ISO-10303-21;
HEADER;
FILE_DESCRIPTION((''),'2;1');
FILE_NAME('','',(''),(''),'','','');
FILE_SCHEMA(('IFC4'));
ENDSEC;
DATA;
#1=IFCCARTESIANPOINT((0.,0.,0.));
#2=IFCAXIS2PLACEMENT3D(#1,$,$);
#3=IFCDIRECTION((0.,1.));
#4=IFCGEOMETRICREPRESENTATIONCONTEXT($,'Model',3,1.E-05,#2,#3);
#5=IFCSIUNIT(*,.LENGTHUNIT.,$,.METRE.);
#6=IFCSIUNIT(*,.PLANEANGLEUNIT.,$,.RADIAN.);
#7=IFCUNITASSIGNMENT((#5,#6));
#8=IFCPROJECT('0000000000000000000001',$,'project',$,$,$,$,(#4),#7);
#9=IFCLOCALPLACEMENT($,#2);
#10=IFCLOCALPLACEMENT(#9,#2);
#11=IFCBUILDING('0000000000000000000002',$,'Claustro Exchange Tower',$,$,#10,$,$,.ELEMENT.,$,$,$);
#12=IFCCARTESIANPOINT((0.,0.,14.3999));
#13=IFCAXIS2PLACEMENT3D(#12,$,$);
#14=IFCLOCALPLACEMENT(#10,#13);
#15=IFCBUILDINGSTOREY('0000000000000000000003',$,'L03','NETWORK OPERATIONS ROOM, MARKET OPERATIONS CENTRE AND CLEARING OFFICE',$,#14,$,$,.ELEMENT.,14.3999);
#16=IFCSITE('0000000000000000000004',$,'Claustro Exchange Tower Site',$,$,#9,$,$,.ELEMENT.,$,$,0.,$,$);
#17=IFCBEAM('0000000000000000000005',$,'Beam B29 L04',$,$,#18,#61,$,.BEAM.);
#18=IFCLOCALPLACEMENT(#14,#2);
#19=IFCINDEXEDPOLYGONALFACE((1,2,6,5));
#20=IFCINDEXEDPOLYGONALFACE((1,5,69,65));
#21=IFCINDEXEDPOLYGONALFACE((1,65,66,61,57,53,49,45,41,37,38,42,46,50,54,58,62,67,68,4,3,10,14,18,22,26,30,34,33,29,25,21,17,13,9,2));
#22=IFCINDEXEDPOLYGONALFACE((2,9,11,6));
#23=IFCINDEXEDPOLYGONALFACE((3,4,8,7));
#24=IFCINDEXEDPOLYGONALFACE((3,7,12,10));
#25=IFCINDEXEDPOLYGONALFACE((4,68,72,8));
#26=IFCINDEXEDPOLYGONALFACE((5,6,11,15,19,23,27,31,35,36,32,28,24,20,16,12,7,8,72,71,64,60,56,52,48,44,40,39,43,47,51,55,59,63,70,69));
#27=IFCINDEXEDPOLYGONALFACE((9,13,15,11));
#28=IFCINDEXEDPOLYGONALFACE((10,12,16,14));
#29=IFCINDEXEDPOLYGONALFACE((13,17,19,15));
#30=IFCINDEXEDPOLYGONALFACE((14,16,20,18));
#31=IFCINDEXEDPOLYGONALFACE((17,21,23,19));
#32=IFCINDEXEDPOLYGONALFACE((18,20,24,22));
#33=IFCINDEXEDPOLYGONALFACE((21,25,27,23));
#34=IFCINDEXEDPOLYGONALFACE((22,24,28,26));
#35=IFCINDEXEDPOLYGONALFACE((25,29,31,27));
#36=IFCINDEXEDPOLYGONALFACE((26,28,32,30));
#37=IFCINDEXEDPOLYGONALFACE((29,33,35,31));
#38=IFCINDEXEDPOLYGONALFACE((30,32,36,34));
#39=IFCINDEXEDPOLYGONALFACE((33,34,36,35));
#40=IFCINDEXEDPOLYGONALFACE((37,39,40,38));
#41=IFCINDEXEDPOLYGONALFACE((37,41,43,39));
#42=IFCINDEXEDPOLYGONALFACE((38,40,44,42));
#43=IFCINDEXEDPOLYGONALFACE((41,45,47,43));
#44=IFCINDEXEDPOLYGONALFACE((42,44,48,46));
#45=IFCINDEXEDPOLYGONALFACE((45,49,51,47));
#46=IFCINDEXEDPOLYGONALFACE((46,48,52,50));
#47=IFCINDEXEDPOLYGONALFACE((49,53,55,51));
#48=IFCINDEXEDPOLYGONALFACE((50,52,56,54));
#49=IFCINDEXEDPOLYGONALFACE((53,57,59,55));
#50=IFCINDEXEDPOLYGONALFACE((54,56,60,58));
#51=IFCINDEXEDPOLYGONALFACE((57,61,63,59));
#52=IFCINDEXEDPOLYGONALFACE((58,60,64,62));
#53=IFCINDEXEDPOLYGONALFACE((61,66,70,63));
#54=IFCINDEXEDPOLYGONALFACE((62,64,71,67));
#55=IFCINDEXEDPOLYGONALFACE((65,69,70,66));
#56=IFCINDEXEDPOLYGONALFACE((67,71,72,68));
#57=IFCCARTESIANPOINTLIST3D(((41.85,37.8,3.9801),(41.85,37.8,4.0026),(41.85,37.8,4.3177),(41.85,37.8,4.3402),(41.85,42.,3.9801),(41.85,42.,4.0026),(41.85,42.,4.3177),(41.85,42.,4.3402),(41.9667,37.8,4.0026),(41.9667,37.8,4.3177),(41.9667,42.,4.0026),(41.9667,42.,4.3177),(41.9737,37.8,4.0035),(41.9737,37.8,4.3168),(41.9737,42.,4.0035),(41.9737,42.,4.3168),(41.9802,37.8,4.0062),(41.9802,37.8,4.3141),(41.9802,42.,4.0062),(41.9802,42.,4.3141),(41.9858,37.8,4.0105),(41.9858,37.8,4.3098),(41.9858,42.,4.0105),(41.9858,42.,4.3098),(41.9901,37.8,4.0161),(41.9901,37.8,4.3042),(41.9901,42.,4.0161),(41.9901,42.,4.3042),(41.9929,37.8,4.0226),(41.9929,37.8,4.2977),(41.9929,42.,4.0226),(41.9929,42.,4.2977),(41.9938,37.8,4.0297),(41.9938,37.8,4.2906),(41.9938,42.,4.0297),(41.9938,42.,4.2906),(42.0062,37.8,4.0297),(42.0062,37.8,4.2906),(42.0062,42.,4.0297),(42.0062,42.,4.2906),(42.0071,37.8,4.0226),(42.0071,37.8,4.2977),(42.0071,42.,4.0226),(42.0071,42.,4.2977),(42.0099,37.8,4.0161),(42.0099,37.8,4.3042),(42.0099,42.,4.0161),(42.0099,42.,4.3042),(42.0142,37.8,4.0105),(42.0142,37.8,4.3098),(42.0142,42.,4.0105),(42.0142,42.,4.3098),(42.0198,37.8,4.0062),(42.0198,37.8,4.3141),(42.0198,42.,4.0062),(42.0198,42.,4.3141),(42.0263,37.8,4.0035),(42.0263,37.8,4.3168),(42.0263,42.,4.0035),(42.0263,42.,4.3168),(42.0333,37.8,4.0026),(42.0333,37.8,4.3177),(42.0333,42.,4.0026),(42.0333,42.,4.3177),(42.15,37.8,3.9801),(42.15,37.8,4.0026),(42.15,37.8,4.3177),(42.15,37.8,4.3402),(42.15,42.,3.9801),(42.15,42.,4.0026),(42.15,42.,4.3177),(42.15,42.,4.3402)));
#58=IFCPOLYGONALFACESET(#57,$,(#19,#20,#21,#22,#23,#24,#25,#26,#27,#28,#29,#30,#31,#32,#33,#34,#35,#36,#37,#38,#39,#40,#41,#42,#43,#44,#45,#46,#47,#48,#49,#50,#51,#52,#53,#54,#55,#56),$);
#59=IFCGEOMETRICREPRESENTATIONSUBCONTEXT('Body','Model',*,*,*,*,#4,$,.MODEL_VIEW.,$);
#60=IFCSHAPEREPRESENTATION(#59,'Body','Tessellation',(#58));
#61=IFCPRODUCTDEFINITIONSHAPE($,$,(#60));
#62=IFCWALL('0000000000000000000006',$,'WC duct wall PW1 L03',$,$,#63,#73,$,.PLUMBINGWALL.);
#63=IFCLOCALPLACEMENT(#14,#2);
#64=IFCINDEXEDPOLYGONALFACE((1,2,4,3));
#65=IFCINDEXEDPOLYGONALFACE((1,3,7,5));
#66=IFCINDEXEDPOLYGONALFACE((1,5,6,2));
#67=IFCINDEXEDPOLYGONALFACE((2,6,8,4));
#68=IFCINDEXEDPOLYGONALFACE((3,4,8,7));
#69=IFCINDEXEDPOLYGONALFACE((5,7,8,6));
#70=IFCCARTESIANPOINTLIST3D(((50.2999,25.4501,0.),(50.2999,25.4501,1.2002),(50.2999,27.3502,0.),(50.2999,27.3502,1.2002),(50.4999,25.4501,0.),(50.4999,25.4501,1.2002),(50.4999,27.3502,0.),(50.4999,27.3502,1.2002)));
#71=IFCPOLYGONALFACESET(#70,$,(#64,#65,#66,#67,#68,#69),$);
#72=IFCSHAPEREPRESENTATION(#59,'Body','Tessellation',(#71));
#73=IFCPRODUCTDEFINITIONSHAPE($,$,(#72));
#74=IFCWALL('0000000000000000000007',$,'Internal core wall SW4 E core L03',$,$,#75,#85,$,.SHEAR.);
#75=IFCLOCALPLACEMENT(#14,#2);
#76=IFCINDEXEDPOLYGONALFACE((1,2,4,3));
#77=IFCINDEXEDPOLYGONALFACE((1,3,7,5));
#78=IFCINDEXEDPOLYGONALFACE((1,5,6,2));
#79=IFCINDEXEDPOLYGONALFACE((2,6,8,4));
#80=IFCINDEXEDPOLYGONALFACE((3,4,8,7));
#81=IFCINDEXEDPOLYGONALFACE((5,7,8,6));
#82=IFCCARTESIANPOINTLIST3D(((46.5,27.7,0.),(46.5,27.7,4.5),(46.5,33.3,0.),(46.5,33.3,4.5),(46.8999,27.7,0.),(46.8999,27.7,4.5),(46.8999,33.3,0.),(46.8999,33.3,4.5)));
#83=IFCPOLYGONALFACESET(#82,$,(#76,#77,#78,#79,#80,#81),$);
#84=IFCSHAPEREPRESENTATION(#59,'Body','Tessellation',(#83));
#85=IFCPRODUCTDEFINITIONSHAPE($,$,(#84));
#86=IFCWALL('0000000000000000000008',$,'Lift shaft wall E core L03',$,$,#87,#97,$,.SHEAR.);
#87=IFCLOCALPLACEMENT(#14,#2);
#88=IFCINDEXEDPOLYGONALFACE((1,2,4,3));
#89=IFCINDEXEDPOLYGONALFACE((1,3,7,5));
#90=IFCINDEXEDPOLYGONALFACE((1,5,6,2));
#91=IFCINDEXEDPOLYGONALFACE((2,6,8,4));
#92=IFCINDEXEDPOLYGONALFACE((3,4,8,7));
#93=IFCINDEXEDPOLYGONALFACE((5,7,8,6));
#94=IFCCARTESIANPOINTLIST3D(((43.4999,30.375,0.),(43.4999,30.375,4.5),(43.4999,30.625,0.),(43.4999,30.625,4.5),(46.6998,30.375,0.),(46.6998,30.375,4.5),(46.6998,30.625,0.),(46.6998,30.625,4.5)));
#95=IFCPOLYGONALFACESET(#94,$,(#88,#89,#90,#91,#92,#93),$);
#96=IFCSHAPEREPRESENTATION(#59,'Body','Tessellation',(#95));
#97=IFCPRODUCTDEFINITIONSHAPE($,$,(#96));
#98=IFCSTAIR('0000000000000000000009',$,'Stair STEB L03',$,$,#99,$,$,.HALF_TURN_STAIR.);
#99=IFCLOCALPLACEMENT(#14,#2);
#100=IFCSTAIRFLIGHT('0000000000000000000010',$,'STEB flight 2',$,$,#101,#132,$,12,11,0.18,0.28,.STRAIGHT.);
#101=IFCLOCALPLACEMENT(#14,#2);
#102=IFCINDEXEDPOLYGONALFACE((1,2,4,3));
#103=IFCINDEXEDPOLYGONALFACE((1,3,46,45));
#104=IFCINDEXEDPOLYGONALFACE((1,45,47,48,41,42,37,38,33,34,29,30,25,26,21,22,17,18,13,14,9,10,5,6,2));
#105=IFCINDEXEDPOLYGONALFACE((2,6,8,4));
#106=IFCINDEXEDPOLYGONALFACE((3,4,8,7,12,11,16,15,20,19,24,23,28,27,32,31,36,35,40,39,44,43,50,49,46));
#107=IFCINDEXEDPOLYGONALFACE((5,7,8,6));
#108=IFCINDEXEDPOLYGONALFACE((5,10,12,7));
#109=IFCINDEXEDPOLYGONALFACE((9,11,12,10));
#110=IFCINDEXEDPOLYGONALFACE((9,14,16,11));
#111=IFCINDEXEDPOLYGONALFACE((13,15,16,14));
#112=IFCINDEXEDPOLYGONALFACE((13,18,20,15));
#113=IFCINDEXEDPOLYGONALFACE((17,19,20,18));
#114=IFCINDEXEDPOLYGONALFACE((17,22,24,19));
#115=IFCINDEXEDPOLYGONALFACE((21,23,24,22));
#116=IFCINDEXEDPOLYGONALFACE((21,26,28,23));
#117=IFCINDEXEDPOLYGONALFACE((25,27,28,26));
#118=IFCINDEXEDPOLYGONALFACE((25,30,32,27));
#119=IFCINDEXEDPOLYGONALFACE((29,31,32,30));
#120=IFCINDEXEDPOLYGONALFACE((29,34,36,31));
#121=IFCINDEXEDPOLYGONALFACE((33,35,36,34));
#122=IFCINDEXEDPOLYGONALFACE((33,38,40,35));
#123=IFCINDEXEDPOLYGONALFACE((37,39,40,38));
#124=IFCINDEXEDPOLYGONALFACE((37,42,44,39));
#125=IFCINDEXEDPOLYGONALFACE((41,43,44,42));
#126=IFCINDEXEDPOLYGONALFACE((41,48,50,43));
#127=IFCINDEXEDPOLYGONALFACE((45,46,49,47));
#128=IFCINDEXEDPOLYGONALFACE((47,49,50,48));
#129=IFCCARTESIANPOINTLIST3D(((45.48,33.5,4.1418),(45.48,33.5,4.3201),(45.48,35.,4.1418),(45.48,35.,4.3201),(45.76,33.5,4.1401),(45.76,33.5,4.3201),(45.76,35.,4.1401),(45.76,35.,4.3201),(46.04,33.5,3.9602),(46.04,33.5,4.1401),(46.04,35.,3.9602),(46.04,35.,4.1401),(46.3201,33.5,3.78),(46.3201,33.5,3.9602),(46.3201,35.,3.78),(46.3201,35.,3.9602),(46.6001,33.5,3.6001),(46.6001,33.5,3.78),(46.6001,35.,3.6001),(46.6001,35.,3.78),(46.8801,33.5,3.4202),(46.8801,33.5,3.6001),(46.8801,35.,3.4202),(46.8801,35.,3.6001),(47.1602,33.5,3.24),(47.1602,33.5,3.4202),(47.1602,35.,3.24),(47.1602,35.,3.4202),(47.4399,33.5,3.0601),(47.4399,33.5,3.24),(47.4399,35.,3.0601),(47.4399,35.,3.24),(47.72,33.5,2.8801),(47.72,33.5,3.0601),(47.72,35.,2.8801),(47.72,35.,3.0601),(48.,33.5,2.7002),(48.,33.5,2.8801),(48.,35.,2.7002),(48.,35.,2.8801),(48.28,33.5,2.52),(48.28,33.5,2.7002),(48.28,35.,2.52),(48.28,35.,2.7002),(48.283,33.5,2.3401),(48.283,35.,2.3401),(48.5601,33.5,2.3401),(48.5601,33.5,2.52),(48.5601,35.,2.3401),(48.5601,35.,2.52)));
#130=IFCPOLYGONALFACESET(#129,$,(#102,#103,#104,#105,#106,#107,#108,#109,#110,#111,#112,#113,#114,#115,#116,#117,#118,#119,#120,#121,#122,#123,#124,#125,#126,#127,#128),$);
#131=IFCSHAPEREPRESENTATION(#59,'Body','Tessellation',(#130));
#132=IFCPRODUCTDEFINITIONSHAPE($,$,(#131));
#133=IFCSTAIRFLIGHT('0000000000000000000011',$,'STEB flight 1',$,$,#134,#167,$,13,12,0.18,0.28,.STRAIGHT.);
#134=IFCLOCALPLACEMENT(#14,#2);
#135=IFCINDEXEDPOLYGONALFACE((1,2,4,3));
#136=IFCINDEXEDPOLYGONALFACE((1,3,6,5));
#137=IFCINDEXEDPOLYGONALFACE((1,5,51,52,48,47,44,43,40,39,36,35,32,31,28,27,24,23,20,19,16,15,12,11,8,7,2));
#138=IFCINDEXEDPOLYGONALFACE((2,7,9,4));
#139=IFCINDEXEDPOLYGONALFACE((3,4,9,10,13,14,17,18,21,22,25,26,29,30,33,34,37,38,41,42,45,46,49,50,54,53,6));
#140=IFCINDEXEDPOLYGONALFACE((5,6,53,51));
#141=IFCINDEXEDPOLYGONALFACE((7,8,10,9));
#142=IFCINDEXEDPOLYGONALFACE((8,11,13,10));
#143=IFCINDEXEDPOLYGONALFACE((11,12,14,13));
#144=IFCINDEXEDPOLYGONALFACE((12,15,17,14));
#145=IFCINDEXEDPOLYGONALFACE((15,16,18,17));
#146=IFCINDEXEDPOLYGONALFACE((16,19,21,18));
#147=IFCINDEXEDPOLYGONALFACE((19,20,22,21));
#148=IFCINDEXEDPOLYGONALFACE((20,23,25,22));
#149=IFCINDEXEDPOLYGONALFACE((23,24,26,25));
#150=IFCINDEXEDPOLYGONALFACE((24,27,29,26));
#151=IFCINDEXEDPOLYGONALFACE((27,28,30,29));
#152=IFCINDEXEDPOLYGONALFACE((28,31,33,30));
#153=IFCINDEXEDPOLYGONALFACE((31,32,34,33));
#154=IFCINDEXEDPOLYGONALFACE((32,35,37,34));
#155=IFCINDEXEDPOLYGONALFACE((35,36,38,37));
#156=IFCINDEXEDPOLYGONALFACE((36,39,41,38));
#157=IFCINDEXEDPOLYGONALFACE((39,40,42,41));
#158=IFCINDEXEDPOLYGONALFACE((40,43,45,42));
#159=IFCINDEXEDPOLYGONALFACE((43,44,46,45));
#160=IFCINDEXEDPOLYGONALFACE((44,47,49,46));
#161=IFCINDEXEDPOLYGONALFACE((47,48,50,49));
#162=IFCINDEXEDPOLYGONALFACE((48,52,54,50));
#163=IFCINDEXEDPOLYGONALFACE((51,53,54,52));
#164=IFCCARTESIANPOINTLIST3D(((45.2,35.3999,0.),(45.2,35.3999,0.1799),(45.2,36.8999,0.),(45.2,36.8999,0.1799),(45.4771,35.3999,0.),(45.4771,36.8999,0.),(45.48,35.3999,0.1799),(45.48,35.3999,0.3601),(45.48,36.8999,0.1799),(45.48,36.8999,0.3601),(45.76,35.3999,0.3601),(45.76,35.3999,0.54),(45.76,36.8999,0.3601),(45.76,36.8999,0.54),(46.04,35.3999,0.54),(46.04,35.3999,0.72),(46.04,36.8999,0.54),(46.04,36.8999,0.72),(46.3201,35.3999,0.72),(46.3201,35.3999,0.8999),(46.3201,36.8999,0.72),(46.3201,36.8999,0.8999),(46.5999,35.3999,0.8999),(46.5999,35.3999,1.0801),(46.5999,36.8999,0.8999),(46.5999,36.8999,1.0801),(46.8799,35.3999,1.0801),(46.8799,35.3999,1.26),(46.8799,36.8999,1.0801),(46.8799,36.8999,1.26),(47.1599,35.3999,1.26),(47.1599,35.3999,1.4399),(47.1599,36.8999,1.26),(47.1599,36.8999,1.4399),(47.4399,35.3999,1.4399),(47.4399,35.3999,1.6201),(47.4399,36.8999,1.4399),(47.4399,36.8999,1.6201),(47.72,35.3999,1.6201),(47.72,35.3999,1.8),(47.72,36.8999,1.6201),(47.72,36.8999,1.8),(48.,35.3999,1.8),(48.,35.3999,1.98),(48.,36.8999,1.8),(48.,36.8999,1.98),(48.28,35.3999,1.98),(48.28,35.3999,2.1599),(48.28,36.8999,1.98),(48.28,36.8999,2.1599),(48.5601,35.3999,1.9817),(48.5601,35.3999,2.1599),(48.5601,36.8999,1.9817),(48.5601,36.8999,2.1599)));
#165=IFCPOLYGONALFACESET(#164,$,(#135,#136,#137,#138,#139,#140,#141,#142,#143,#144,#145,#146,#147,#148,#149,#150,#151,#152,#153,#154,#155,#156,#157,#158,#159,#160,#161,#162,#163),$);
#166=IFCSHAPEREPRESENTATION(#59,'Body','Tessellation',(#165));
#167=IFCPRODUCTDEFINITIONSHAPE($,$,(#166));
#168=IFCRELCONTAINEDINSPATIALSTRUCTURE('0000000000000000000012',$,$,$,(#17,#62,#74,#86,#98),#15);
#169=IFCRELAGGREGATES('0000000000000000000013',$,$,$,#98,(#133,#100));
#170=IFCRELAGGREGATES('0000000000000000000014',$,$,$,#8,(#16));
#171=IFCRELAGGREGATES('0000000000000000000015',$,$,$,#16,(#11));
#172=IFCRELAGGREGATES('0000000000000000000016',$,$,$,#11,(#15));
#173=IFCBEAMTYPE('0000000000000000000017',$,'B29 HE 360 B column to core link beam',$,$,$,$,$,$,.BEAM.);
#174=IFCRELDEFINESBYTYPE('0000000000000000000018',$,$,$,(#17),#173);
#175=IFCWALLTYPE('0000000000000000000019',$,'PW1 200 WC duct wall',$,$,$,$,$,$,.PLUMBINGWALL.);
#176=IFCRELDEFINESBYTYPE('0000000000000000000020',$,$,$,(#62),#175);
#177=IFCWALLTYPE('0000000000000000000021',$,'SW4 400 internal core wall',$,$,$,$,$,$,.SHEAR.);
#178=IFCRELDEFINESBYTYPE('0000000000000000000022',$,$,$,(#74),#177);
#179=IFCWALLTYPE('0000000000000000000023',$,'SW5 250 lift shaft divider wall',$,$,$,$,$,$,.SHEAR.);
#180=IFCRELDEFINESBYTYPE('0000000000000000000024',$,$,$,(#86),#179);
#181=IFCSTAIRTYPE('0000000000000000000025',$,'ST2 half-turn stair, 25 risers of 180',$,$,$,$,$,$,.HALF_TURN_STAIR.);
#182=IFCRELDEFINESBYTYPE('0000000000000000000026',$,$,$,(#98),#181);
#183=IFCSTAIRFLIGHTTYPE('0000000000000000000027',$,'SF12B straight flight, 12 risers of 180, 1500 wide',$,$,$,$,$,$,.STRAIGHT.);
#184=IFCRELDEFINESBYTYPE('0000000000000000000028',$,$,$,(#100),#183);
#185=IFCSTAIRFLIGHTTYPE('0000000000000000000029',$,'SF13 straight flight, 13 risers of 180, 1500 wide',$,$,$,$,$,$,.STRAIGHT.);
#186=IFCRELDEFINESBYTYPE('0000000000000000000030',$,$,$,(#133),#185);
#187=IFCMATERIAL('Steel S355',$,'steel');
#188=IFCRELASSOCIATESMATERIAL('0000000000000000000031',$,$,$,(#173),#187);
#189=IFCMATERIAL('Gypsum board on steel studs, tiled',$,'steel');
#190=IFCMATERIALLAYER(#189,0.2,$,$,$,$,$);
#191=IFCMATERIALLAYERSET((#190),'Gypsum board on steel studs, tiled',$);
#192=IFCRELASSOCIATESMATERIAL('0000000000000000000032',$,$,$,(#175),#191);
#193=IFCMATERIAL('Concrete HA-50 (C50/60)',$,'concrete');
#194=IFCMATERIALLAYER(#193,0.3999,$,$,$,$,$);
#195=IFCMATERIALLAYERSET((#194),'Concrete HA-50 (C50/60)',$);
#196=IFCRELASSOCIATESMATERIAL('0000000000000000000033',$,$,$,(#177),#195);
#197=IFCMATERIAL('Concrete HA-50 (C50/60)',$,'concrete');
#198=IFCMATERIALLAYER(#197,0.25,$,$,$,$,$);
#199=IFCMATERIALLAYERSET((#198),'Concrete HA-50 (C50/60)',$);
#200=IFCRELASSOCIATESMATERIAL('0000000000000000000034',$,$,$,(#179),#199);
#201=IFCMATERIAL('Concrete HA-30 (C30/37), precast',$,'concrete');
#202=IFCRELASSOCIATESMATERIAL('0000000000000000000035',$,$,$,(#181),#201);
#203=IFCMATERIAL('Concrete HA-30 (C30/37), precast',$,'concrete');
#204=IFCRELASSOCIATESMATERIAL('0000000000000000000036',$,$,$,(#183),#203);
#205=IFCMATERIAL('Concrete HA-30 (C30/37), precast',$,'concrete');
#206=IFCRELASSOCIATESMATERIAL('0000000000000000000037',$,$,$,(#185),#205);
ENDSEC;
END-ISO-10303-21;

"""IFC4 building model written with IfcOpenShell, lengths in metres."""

from ifc_helpers import new_model, si_unit, direction, frame, frame_2d, origin, origin_2d, place, context, subcontext, project, spatial, polyline, rectangle, i_section, outline, extrude, material, layer, layer_set, material_profile, profile_set, type_object, element, aggregate, save


model = new_model("IFC4")

# Units and contexts
model_context = context("Model", 3, precision=1e-05, world=origin(), true_north=direction((0.0, 1.0)))
body_context = subcontext(model_context, "Body", "Model", "MODEL_VIEW")
ifc_project = project(units=[si_unit("LENGTHUNIT", "METRE"), si_unit("PLANEANGLEUNIT", "RADIAN")], contexts=[model_context])

# Site, building, storey
site_placement = place(None, origin())
site = spatial("IfcSite", under=ifc_project, at=site_placement, Name="Claustro Exchange Tower Site", CompositionType="ELEMENT", RefElevation=0.0)
building_placement = place(site_placement, origin())
building = spatial("IfcBuilding", under=site, at=building_placement, Name="Claustro Exchange Tower", CompositionType="ELEMENT")
storey_placement = place(building_placement, frame((0.0, 0.0, 14.3999)))
storey = spatial("IfcBuildingStorey", under=building, at=storey_placement, Name="L03", Description="NETWORK OPERATIONS ROOM, MARKET OPERATIONS CENTRE AND CLEARING OFFICE", CompositionType="ELEMENT", Elevation=14.3999)

# Beam
ifc_material_1 = material(Name="Steel S355", Category="steel")
ifc_material_profile_1 = material_profile(ifc_material_1, i_section(OverallWidth=0.3, OverallDepth=0.3601, WebThickness=0.0125, FlangeThickness=0.0225, FilletRadius=0.0271, at=origin_2d()), Name="HE 360 B")
ifc_profile_set_1 = profile_set([ifc_material_profile_1], Name="Steel S355")
beam_type_1 = type_object("IfcBeamType", Name="B29 HE 360 B column to core link beam", PredefinedType="BEAM", material=ifc_profile_set_1)
beam_1_placement = place(storey_placement, frame((42.0, 37.8, 4.1602), z_axis=(0.0, 1.0, 0.0), x_axis=(-1.0, 0.0, 0.0)))
element("IfcBeam", 1, at=beam_1_placement, inside=storey, type_object=beam_type_1, Name="Beam B29 L04", PredefinedType="BEAM", context=body_context, shape_type="SweptSolid", body=[
    extrude(i_section(OverallWidth=0.3, OverallDepth=0.3601, WebThickness=0.0125, FlangeThickness=0.0225, FilletRadius=0.0271, at=origin_2d()), origin(), (0.0, 0.0, 1.0), 4.2),
])

# Walls
ifc_material_2 = material(Name="Gypsum board on steel studs, tiled", Category="steel")
ifc_layer_1 = layer(ifc_material_2, 0.2)
ifc_layer_set_1 = layer_set([ifc_layer_1], Name="Gypsum board on steel studs, tiled")
wall_type_1 = type_object("IfcWallType", Name="PW1 200 WC duct wall", PredefinedType="PLUMBINGWALL", material=ifc_layer_set_1)
wall_1_placement = place(storey_placement, frame((50.3999, 25.45, 0.0), z_axis=(0.0, 0.0, 1.0), x_axis=(0.0, 1.0, 0.0)))
element("IfcWall", 2, at=wall_1_placement, inside=storey, type_object=wall_type_1, Name="WC duct wall PW1 L03", PredefinedType="PLUMBINGWALL", context=body_context, shape_type="SweptSolid", body=[
    extrude(rectangle(XDim=1.9001, YDim=0.2, at=frame_2d((0.9502, 0.0))), origin(), (0.0, 0.0, 1.0), 1.2002),
])
ifc_material_3 = material(Name="Concrete HA-50 (C50/60)", Category="concrete")
ifc_layer_2 = layer(ifc_material_3, 0.3999)
ifc_layer_set_2 = layer_set([ifc_layer_2], Name="Concrete HA-50 (C50/60)")
wall_type_2 = type_object("IfcWallType", Name="SW4 400 internal core wall", PredefinedType="SHEAR", material=ifc_layer_set_2)
wall_2_placement = place(storey_placement, frame((46.7, 27.7, 0.0), z_axis=(0.0, 0.0, 1.0), x_axis=(0.0, 1.0, 0.0)))
element("IfcWall", 3, at=wall_2_placement, inside=storey, type_object=wall_type_2, Name="Internal core wall SW4 E core L03", PredefinedType="SHEAR", context=body_context, shape_type="SweptSolid", body=[
    extrude(rectangle(XDim=5.6001, YDim=0.3999, at=frame_2d((2.8, 0.0))), origin(), (0.0, 0.0, 1.0), 4.5),
])
ifc_material_4 = material(Name="Concrete HA-50 (C50/60)", Category="concrete")
ifc_layer_3 = layer(ifc_material_4, 0.25)
ifc_layer_set_3 = layer_set([ifc_layer_3], Name="Concrete HA-50 (C50/60)")
wall_type_3 = type_object("IfcWallType", Name="SW5 250 lift shaft divider wall", PredefinedType="SHEAR", material=ifc_layer_set_3)
wall_3_placement = place(storey_placement, frame((46.7, 30.5, 0.0), z_axis=(0.0, 0.0, 1.0), x_axis=(-1.0, 0.0, 0.0)))
element("IfcWall", 4, at=wall_3_placement, inside=storey, type_object=wall_type_3, Name="Lift shaft wall E core L03", PredefinedType="SHEAR", context=body_context, shape_type="SweptSolid", body=[
    extrude(rectangle(XDim=3.2, YDim=0.25, at=frame_2d((1.6001, 0.0))), origin(), (0.0, 0.0, 1.0), 4.5),
])

# Stair, stair flights
ifc_material_5 = material(Name="Concrete HA-30 (C30/37), precast", Category="concrete")
stair_type = type_object("IfcStairType", Name="ST2 half-turn stair, 25 risers of 180", PredefinedType="HALF_TURN_STAIR", material=ifc_material_5)
stair_placement = place(storey_placement, origin())
stair = element("IfcStair", 5, at=stair_placement, inside=storey, type_object=stair_type, Name="Stair STEB L03", PredefinedType="HALF_TURN_STAIR")
ifc_material_6 = material(Name="Concrete HA-30 (C30/37), precast", Category="concrete")
stair_flight_type_1 = type_object("IfcStairFlightType", Name="SF12B straight flight, 12 risers of 180, 1500 wide", PredefinedType="STRAIGHT", material=ifc_material_6)
stair_flight_1_placement = place(storey_placement, frame((48.5601, 34.25, 2.3401), z_axis=(0.0, 0.0, 1.0), x_axis=(-1.0, 0.0, 0.0)))
stair_flight_1 = element("IfcStairFlight", 6, at=stair_flight_1_placement, type_object=stair_flight_type_1, Name="STEB flight 2", NumberOfRisers=12, NumberOfTreads=11, PredefinedType="STRAIGHT", RiserHeight=0.18, TreadLength=0.28, context=body_context, shape_type="SweptSolid", body=[
    extrude(outline(polyline([(0.0, 0.0), (0.0, 0.1799), (0.28, 0.1799), (0.28, 0.3601), (0.5601, 0.3601), (0.5601, 0.54), (0.8401, 0.54), (0.8401, 0.72), (1.1201, 0.72), (1.1201, 0.8999), (1.3999, 0.8999), (1.3999, 1.0801), (1.6799, 1.0801), (1.6799, 1.26), (1.96, 1.26), (1.96, 1.4399), (2.24, 1.4399), (2.24, 1.6201), (2.52, 1.6201), (2.52, 1.8), (2.8, 1.8), (2.8, 1.98), (3.0801, 1.98), (3.0801, 2.1599), (3.0801, 1.8018), (0.2771, 0.0), (0.0, 0.0)])), frame((0.0, 0.75, 0.0), z_axis=(0.0, -1.0, 0.0), x_axis=(1.0, 0.0, 0.0)), (0.0, 0.0, 1.0), 1.5),
])
ifc_material_7 = material(Name="Concrete HA-30 (C30/37), precast", Category="concrete")
stair_flight_type_2 = type_object("IfcStairFlightType", Name="SF13 straight flight, 13 risers of 180, 1500 wide", PredefinedType="STRAIGHT", material=ifc_material_7)
stair_flight_2_placement = place(storey_placement, frame((45.2, 36.1499, 0.0), z_axis=(0.0, 0.0, 1.0), x_axis=(1.0, 0.0, 0.0)))
stair_flight_2 = element("IfcStairFlight", 7, at=stair_flight_2_placement, type_object=stair_flight_type_2, Name="STEB flight 1", NumberOfRisers=13, NumberOfTreads=12, PredefinedType="STRAIGHT", RiserHeight=0.18, TreadLength=0.28, context=body_context, shape_type="SweptSolid", body=[
    extrude(outline(polyline([(0.0, 0.0), (0.0, 0.1799), (0.28, 0.1799), (0.28, 0.3601), (0.5601, 0.3601), (0.5601, 0.54), (0.8401, 0.54), (0.8401, 0.72), (1.1201, 0.72), (1.1201, 0.8999), (1.3999, 0.8999), (1.3999, 1.0801), (1.6799, 1.0801), (1.6799, 1.26), (1.96, 1.26), (1.96, 1.4399), (2.24, 1.4399), (2.24, 1.6201), (2.52, 1.6201), (2.52, 1.8), (2.8, 1.8), (2.8, 1.98), (3.0801, 1.98), (3.0801, 2.1599), (3.3601, 2.1599), (3.3601, 2.3401), (3.3601, 1.9817), (0.2771, 0.0), (0.0, 0.0)])), frame((0.0, 0.75, 0.0), z_axis=(0.0, -1.0, 0.0), x_axis=(1.0, 0.0, 0.0)), (0.0, 0.0, 1.0), 1.5),
])
aggregate(stair, [stair_flight_2, stair_flight_1])

save(model, "model.ifc")
